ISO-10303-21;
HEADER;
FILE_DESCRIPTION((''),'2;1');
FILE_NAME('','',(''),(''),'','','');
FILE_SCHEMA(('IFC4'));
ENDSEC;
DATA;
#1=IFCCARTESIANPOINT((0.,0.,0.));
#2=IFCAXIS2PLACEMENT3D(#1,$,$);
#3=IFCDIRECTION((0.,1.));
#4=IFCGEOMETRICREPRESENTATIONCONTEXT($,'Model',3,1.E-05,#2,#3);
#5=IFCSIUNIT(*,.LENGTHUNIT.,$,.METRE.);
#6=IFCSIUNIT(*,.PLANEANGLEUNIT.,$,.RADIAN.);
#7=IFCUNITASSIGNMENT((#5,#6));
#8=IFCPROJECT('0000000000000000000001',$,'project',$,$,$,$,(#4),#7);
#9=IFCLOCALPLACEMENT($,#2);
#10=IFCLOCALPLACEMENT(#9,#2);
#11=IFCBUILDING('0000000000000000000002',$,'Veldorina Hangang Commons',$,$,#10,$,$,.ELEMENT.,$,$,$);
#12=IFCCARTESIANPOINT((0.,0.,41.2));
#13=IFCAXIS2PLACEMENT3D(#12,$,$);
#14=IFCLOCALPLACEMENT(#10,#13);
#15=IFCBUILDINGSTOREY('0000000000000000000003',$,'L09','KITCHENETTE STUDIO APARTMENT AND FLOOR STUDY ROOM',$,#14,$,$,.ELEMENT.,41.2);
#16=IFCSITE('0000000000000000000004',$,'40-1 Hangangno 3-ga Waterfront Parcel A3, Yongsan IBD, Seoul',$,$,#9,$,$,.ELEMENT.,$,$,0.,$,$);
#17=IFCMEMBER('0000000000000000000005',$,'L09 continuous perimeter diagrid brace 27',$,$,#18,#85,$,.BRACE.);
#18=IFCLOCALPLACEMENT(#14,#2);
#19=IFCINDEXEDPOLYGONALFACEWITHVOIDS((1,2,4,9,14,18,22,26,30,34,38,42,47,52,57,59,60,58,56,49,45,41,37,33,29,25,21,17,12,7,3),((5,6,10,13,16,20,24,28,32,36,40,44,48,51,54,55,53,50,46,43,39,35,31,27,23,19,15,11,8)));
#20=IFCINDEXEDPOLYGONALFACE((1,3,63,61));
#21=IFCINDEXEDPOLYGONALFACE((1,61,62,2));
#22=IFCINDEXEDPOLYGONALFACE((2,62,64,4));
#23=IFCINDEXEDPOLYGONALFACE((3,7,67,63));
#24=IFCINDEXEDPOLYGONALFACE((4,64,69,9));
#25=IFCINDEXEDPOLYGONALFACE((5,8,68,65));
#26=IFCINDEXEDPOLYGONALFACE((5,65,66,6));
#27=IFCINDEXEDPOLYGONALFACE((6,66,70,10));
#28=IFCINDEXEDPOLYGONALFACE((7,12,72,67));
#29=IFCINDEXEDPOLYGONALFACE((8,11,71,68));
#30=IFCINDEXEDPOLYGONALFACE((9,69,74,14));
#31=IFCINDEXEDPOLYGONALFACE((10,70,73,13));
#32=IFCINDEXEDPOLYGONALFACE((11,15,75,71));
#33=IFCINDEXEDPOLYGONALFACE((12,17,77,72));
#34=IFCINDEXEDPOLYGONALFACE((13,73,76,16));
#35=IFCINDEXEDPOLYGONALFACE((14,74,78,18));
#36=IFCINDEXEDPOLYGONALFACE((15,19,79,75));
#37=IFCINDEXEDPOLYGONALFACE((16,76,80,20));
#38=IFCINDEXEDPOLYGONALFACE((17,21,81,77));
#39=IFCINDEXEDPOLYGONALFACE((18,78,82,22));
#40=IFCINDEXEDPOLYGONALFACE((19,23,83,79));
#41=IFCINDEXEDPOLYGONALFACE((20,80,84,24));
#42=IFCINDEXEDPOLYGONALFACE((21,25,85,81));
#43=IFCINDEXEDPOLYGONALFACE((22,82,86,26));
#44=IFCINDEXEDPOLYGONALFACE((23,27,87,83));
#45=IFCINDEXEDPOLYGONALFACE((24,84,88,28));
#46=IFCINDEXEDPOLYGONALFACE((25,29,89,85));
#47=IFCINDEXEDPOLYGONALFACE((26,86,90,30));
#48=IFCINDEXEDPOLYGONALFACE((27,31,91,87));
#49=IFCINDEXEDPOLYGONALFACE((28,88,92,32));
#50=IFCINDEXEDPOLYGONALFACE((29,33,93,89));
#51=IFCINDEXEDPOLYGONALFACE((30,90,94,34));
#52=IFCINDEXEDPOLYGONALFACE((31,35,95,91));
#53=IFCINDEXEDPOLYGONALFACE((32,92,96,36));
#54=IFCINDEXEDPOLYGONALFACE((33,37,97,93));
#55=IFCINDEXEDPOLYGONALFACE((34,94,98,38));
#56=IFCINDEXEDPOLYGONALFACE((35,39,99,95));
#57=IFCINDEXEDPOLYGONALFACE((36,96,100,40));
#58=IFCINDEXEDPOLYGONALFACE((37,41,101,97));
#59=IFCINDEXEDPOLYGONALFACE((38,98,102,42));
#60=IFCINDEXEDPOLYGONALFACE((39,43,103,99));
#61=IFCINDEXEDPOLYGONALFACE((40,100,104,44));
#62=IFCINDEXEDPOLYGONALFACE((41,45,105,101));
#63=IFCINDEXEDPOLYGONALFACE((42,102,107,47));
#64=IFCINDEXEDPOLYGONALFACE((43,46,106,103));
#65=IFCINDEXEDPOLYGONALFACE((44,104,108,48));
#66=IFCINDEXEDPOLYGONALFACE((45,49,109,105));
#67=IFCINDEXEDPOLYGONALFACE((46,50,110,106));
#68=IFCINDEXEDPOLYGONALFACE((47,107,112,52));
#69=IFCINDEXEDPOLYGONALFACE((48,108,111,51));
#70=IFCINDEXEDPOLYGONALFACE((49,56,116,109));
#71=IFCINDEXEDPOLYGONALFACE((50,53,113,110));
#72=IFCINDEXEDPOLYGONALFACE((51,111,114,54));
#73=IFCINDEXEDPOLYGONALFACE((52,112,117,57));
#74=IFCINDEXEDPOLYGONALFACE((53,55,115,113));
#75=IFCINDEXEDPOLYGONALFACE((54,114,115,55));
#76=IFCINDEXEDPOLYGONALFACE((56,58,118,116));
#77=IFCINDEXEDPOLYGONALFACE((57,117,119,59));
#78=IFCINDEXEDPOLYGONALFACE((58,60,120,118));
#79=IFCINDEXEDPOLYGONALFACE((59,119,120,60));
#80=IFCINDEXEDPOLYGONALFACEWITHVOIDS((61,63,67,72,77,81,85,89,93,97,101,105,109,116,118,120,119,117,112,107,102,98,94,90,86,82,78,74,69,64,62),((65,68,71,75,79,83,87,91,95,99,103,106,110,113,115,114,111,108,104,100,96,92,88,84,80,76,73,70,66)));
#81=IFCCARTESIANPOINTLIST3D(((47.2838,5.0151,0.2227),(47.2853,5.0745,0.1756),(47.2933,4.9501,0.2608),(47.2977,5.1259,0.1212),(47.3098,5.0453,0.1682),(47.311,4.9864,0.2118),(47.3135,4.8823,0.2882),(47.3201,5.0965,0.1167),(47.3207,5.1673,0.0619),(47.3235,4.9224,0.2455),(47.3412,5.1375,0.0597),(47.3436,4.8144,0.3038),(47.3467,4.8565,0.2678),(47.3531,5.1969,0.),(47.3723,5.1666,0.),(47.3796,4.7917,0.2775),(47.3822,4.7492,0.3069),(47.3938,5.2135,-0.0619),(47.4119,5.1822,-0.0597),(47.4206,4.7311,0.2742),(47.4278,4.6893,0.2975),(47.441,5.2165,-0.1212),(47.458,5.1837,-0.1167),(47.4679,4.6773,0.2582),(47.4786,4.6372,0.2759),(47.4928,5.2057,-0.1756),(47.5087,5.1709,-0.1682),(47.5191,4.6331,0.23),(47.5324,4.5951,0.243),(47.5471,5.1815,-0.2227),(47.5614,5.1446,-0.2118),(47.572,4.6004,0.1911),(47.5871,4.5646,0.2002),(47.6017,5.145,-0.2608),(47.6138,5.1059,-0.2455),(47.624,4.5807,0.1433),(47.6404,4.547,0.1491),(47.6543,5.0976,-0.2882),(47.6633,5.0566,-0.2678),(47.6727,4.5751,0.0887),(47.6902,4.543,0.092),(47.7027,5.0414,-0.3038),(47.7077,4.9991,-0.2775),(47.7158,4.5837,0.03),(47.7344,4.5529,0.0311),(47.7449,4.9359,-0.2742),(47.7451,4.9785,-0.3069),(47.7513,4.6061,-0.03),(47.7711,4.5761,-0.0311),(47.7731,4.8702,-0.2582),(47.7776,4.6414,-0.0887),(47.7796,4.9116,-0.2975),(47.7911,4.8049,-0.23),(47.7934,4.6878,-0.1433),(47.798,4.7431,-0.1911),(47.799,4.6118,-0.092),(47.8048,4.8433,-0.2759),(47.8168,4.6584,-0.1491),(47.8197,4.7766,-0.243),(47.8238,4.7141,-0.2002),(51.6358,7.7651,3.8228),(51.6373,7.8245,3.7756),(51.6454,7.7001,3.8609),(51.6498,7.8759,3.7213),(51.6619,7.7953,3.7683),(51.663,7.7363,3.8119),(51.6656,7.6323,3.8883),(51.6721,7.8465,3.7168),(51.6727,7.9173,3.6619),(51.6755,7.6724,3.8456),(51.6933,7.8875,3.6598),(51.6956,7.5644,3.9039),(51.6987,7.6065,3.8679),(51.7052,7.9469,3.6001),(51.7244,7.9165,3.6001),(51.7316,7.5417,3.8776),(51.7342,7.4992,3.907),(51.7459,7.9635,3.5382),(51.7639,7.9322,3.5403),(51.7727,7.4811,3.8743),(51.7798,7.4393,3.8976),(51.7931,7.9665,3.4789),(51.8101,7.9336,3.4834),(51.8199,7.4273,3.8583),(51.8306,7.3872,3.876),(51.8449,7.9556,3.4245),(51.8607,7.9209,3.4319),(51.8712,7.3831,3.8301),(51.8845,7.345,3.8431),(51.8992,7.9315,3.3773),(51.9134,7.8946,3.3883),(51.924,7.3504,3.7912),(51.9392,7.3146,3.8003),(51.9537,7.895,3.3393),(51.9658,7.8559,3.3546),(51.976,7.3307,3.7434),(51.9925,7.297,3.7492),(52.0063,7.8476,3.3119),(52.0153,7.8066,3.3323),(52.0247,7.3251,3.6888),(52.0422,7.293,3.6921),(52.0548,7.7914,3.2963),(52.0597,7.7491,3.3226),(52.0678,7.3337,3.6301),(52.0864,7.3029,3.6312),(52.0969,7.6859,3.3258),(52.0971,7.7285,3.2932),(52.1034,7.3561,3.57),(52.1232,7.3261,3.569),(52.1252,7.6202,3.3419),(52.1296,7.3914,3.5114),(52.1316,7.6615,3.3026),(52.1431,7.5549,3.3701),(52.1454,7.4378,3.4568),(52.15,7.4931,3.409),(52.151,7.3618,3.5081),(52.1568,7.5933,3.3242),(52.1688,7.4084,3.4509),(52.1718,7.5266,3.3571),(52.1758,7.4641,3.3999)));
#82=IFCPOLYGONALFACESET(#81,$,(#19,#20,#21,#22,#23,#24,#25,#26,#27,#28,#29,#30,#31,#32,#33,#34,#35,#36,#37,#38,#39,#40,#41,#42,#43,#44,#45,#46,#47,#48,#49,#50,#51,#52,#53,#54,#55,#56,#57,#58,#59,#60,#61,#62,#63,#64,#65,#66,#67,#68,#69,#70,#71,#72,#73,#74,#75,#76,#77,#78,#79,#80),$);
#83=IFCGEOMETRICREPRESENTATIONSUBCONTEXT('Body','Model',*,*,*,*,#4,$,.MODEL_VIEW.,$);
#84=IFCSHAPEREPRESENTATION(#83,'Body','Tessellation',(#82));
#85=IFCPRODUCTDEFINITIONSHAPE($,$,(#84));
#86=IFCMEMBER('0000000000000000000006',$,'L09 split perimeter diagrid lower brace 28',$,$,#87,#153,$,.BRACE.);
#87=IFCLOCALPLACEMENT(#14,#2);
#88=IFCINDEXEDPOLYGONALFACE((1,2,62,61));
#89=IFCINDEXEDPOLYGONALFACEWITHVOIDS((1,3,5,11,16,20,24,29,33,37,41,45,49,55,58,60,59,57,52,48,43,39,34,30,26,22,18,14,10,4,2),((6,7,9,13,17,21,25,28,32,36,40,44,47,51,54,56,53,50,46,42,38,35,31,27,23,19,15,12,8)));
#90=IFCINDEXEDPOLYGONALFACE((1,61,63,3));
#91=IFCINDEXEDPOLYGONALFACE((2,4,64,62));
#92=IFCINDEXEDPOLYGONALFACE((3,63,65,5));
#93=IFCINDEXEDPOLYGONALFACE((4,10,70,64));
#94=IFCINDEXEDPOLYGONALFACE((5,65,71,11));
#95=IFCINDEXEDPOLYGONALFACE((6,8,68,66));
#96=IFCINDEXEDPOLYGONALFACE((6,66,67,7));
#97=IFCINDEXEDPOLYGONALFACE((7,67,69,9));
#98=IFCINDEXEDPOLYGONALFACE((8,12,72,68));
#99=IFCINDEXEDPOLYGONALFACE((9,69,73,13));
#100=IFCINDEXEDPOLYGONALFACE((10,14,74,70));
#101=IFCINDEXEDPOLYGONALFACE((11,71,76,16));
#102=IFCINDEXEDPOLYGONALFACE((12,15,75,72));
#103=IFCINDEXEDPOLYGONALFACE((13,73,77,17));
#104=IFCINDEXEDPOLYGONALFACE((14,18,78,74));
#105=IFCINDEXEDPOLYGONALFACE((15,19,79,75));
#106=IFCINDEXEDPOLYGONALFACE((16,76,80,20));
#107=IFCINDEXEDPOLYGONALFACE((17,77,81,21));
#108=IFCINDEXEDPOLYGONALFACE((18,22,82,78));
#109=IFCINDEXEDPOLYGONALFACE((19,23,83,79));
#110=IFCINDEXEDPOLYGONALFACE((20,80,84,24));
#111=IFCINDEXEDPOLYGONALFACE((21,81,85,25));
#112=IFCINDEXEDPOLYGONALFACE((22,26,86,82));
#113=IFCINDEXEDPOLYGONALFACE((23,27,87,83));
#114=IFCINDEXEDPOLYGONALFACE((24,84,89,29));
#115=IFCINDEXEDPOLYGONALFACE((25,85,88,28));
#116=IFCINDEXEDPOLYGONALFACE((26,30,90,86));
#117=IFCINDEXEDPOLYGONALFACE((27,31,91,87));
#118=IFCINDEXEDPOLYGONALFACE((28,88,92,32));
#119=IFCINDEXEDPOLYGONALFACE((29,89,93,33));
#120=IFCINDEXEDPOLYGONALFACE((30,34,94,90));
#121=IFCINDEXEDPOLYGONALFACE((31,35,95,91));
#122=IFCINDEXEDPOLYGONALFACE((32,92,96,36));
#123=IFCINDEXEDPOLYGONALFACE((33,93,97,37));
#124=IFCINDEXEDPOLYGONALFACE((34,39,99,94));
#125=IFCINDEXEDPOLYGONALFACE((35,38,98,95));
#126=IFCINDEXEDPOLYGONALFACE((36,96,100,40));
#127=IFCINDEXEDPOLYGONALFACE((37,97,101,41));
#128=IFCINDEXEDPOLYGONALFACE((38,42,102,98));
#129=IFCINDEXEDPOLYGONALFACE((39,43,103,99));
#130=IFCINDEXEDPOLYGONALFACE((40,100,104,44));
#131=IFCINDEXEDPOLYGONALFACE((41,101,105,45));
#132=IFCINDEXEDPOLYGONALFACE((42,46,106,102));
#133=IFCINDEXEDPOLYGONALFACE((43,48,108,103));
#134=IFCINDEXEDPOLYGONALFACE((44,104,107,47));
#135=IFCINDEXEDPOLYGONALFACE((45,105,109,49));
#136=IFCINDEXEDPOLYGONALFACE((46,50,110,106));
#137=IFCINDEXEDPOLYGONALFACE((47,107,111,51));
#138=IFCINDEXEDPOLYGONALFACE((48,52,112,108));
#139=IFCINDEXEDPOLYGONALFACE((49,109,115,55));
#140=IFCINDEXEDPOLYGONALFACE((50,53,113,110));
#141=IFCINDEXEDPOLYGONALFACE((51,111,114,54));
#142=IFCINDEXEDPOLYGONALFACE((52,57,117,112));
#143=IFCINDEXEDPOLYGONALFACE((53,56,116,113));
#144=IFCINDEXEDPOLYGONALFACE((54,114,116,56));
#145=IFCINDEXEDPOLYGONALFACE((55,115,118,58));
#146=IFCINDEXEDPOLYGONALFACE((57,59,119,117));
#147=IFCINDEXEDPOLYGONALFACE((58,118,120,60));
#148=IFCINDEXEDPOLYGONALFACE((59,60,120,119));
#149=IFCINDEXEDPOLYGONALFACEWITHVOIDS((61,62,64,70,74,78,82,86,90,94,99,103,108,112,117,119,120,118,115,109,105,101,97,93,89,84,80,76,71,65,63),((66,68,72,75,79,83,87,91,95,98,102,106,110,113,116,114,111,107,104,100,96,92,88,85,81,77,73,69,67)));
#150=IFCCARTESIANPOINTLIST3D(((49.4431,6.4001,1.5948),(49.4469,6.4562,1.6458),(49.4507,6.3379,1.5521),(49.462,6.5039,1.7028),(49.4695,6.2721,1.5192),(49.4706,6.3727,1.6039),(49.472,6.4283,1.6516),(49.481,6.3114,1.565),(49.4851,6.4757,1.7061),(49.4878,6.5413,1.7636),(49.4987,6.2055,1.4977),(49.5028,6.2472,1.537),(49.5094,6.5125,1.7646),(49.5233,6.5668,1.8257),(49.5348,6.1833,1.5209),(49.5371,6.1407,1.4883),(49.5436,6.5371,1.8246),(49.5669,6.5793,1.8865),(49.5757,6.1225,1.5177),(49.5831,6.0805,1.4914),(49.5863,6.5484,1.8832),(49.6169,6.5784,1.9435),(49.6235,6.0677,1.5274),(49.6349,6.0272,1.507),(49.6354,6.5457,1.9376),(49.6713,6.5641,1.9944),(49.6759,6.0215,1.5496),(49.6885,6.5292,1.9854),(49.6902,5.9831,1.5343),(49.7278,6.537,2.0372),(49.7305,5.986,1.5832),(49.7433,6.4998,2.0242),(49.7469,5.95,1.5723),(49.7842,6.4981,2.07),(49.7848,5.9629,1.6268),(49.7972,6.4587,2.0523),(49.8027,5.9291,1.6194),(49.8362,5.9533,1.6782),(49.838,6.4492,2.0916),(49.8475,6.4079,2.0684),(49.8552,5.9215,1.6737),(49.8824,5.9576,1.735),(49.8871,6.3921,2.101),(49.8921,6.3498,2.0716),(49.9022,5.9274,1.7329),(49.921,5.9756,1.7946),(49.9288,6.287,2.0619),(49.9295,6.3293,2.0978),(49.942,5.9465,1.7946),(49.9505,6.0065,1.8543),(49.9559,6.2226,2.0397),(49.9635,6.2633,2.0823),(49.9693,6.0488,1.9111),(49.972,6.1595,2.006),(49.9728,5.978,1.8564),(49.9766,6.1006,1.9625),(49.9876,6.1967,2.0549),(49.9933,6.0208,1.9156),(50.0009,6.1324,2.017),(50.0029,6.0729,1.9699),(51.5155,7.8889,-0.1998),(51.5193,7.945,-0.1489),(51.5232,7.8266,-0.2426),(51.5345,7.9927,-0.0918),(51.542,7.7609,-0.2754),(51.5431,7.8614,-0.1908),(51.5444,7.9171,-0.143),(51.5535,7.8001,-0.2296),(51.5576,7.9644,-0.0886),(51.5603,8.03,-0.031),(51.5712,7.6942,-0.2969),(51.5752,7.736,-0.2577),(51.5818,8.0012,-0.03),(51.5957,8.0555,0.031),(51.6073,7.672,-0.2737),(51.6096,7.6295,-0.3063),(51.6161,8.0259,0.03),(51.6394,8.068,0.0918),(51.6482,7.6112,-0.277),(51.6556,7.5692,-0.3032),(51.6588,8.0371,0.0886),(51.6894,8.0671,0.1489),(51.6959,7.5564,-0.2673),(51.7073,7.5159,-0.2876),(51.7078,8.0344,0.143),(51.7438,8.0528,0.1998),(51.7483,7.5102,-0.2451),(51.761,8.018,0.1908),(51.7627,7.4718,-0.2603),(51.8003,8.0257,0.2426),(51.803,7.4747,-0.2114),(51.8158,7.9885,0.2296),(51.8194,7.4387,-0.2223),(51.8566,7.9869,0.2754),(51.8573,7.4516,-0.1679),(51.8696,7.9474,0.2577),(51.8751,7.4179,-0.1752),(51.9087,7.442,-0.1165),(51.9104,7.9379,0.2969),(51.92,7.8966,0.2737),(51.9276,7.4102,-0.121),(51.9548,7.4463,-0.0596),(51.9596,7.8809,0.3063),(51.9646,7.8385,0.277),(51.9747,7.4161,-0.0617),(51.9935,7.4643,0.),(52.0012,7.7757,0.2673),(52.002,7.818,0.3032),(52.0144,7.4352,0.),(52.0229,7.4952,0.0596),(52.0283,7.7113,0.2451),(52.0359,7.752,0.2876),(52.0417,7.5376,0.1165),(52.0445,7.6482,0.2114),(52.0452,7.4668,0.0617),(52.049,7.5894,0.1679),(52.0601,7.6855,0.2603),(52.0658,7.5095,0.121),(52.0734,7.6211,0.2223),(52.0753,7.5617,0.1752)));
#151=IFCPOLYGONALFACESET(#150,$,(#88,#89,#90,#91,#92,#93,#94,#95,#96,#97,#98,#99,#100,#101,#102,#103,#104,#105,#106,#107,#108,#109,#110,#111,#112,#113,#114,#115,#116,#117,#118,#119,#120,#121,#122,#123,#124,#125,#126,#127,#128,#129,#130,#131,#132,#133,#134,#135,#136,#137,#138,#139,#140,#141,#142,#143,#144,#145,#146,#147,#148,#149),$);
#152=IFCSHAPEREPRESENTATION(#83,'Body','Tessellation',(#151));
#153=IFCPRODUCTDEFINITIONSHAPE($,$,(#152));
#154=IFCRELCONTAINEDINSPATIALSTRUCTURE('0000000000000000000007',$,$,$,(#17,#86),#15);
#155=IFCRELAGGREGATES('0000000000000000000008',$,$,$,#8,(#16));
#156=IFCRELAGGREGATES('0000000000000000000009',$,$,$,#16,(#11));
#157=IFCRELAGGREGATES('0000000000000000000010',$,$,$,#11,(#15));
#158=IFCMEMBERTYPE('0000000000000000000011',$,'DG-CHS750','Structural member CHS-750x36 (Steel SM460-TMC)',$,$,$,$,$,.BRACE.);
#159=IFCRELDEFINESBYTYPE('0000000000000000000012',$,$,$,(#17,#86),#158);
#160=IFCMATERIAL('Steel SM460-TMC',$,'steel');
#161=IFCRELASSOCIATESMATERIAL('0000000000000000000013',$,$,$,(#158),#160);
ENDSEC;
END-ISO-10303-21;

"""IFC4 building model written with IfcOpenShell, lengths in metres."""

from ifc_helpers import new_model, si_unit, direction, frame, origin, origin_2d, place, context, subcontext, project, spatial, hollow_circle, extrude, material, material_profile, profile_set, type_object, element, save


model = new_model("IFC4")

# Units and contexts
model_context = context("Model", 3, precision=1e-05, world=origin(), true_north=direction((0.0, 1.0)))
body_context = subcontext(model_context, "Body", "Model", "MODEL_VIEW")
ifc_project = project(units=[si_unit("LENGTHUNIT", "METRE"), si_unit("PLANEANGLEUNIT", "RADIAN")], contexts=[model_context])

# Site, building, storey
site_placement = place(None, origin())
site = spatial("IfcSite", under=ifc_project, at=site_placement, Name="40-1 Hangangno 3-ga Waterfront Parcel A3, Yongsan IBD, Seoul", CompositionType="ELEMENT", RefElevation=0.0)
building_placement = place(site_placement, origin())
building = spatial("IfcBuilding", under=site, at=building_placement, Name="Veldorina Hangang Commons", CompositionType="ELEMENT")
storey_placement = place(building_placement, frame((0.0, 0.0, 41.2)))
storey = spatial("IfcBuildingStorey", under=building, at=storey_placement, Name="L09", Description="KITCHENETTE STUDIO APARTMENT AND FLOOR STUDY ROOM", CompositionType="ELEMENT", Elevation=41.2)

# Shared definitions
ifc_material_1 = material(Name="Steel SM460-TMC", Category="steel")

# Members
ifc_material_profile_1 = material_profile(ifc_material_1, hollow_circle(Radius=0.375, WallThickness=0.0359, at=origin_2d()), Name="CHS-750x36")
ifc_profile_set_1 = profile_set([ifc_material_profile_1], Name="Steel SM460-TMC")
member_type_1 = type_object("IfcMemberType", Name="DG-CHS750", Description="Structural member CHS-750x36 (Steel SM460-TMC)", PredefinedType="BRACE", material=ifc_profile_set_1)
member_1_placement = place(storey_placement, frame((47.5535, 4.8799, 0.0), z_axis=(0.692781, 0.437759, 0.573081), x_axis=(-0.534179, 0.845372, 0.0)))
element("IfcMember", 1, at=member_1_placement, inside=storey, type_object=member_type_1, Name="L09 continuous perimeter diagrid brace 27", PredefinedType="BRACE", context=body_context, shape_type="SweptSolid", body=[
    extrude(hollow_circle(Radius=0.375, WallThickness=0.0359, at=origin_2d()), origin(), (0.0, 0.0, 1.0), 6.282),
])
member_2_placement = place(storey_placement, frame((51.7957, 7.7397, 0.0), z_axis=(-0.664327, -0.477214, 0.57527), x_axis=(0.583417, -0.812173, 0.0)))
element("IfcMember", 2, at=member_2_placement, inside=storey, type_object=member_type_1, Name="L09 split perimeter diagrid lower brace 28", PredefinedType="BRACE", context=body_context, shape_type="SweptSolid", body=[
    extrude(hollow_circle(Radius=0.375, WallThickness=0.0359, at=origin_2d()), origin(), (0.0, 0.0, 1.0), 3.1196),
])

save(model, "model.ifc")
